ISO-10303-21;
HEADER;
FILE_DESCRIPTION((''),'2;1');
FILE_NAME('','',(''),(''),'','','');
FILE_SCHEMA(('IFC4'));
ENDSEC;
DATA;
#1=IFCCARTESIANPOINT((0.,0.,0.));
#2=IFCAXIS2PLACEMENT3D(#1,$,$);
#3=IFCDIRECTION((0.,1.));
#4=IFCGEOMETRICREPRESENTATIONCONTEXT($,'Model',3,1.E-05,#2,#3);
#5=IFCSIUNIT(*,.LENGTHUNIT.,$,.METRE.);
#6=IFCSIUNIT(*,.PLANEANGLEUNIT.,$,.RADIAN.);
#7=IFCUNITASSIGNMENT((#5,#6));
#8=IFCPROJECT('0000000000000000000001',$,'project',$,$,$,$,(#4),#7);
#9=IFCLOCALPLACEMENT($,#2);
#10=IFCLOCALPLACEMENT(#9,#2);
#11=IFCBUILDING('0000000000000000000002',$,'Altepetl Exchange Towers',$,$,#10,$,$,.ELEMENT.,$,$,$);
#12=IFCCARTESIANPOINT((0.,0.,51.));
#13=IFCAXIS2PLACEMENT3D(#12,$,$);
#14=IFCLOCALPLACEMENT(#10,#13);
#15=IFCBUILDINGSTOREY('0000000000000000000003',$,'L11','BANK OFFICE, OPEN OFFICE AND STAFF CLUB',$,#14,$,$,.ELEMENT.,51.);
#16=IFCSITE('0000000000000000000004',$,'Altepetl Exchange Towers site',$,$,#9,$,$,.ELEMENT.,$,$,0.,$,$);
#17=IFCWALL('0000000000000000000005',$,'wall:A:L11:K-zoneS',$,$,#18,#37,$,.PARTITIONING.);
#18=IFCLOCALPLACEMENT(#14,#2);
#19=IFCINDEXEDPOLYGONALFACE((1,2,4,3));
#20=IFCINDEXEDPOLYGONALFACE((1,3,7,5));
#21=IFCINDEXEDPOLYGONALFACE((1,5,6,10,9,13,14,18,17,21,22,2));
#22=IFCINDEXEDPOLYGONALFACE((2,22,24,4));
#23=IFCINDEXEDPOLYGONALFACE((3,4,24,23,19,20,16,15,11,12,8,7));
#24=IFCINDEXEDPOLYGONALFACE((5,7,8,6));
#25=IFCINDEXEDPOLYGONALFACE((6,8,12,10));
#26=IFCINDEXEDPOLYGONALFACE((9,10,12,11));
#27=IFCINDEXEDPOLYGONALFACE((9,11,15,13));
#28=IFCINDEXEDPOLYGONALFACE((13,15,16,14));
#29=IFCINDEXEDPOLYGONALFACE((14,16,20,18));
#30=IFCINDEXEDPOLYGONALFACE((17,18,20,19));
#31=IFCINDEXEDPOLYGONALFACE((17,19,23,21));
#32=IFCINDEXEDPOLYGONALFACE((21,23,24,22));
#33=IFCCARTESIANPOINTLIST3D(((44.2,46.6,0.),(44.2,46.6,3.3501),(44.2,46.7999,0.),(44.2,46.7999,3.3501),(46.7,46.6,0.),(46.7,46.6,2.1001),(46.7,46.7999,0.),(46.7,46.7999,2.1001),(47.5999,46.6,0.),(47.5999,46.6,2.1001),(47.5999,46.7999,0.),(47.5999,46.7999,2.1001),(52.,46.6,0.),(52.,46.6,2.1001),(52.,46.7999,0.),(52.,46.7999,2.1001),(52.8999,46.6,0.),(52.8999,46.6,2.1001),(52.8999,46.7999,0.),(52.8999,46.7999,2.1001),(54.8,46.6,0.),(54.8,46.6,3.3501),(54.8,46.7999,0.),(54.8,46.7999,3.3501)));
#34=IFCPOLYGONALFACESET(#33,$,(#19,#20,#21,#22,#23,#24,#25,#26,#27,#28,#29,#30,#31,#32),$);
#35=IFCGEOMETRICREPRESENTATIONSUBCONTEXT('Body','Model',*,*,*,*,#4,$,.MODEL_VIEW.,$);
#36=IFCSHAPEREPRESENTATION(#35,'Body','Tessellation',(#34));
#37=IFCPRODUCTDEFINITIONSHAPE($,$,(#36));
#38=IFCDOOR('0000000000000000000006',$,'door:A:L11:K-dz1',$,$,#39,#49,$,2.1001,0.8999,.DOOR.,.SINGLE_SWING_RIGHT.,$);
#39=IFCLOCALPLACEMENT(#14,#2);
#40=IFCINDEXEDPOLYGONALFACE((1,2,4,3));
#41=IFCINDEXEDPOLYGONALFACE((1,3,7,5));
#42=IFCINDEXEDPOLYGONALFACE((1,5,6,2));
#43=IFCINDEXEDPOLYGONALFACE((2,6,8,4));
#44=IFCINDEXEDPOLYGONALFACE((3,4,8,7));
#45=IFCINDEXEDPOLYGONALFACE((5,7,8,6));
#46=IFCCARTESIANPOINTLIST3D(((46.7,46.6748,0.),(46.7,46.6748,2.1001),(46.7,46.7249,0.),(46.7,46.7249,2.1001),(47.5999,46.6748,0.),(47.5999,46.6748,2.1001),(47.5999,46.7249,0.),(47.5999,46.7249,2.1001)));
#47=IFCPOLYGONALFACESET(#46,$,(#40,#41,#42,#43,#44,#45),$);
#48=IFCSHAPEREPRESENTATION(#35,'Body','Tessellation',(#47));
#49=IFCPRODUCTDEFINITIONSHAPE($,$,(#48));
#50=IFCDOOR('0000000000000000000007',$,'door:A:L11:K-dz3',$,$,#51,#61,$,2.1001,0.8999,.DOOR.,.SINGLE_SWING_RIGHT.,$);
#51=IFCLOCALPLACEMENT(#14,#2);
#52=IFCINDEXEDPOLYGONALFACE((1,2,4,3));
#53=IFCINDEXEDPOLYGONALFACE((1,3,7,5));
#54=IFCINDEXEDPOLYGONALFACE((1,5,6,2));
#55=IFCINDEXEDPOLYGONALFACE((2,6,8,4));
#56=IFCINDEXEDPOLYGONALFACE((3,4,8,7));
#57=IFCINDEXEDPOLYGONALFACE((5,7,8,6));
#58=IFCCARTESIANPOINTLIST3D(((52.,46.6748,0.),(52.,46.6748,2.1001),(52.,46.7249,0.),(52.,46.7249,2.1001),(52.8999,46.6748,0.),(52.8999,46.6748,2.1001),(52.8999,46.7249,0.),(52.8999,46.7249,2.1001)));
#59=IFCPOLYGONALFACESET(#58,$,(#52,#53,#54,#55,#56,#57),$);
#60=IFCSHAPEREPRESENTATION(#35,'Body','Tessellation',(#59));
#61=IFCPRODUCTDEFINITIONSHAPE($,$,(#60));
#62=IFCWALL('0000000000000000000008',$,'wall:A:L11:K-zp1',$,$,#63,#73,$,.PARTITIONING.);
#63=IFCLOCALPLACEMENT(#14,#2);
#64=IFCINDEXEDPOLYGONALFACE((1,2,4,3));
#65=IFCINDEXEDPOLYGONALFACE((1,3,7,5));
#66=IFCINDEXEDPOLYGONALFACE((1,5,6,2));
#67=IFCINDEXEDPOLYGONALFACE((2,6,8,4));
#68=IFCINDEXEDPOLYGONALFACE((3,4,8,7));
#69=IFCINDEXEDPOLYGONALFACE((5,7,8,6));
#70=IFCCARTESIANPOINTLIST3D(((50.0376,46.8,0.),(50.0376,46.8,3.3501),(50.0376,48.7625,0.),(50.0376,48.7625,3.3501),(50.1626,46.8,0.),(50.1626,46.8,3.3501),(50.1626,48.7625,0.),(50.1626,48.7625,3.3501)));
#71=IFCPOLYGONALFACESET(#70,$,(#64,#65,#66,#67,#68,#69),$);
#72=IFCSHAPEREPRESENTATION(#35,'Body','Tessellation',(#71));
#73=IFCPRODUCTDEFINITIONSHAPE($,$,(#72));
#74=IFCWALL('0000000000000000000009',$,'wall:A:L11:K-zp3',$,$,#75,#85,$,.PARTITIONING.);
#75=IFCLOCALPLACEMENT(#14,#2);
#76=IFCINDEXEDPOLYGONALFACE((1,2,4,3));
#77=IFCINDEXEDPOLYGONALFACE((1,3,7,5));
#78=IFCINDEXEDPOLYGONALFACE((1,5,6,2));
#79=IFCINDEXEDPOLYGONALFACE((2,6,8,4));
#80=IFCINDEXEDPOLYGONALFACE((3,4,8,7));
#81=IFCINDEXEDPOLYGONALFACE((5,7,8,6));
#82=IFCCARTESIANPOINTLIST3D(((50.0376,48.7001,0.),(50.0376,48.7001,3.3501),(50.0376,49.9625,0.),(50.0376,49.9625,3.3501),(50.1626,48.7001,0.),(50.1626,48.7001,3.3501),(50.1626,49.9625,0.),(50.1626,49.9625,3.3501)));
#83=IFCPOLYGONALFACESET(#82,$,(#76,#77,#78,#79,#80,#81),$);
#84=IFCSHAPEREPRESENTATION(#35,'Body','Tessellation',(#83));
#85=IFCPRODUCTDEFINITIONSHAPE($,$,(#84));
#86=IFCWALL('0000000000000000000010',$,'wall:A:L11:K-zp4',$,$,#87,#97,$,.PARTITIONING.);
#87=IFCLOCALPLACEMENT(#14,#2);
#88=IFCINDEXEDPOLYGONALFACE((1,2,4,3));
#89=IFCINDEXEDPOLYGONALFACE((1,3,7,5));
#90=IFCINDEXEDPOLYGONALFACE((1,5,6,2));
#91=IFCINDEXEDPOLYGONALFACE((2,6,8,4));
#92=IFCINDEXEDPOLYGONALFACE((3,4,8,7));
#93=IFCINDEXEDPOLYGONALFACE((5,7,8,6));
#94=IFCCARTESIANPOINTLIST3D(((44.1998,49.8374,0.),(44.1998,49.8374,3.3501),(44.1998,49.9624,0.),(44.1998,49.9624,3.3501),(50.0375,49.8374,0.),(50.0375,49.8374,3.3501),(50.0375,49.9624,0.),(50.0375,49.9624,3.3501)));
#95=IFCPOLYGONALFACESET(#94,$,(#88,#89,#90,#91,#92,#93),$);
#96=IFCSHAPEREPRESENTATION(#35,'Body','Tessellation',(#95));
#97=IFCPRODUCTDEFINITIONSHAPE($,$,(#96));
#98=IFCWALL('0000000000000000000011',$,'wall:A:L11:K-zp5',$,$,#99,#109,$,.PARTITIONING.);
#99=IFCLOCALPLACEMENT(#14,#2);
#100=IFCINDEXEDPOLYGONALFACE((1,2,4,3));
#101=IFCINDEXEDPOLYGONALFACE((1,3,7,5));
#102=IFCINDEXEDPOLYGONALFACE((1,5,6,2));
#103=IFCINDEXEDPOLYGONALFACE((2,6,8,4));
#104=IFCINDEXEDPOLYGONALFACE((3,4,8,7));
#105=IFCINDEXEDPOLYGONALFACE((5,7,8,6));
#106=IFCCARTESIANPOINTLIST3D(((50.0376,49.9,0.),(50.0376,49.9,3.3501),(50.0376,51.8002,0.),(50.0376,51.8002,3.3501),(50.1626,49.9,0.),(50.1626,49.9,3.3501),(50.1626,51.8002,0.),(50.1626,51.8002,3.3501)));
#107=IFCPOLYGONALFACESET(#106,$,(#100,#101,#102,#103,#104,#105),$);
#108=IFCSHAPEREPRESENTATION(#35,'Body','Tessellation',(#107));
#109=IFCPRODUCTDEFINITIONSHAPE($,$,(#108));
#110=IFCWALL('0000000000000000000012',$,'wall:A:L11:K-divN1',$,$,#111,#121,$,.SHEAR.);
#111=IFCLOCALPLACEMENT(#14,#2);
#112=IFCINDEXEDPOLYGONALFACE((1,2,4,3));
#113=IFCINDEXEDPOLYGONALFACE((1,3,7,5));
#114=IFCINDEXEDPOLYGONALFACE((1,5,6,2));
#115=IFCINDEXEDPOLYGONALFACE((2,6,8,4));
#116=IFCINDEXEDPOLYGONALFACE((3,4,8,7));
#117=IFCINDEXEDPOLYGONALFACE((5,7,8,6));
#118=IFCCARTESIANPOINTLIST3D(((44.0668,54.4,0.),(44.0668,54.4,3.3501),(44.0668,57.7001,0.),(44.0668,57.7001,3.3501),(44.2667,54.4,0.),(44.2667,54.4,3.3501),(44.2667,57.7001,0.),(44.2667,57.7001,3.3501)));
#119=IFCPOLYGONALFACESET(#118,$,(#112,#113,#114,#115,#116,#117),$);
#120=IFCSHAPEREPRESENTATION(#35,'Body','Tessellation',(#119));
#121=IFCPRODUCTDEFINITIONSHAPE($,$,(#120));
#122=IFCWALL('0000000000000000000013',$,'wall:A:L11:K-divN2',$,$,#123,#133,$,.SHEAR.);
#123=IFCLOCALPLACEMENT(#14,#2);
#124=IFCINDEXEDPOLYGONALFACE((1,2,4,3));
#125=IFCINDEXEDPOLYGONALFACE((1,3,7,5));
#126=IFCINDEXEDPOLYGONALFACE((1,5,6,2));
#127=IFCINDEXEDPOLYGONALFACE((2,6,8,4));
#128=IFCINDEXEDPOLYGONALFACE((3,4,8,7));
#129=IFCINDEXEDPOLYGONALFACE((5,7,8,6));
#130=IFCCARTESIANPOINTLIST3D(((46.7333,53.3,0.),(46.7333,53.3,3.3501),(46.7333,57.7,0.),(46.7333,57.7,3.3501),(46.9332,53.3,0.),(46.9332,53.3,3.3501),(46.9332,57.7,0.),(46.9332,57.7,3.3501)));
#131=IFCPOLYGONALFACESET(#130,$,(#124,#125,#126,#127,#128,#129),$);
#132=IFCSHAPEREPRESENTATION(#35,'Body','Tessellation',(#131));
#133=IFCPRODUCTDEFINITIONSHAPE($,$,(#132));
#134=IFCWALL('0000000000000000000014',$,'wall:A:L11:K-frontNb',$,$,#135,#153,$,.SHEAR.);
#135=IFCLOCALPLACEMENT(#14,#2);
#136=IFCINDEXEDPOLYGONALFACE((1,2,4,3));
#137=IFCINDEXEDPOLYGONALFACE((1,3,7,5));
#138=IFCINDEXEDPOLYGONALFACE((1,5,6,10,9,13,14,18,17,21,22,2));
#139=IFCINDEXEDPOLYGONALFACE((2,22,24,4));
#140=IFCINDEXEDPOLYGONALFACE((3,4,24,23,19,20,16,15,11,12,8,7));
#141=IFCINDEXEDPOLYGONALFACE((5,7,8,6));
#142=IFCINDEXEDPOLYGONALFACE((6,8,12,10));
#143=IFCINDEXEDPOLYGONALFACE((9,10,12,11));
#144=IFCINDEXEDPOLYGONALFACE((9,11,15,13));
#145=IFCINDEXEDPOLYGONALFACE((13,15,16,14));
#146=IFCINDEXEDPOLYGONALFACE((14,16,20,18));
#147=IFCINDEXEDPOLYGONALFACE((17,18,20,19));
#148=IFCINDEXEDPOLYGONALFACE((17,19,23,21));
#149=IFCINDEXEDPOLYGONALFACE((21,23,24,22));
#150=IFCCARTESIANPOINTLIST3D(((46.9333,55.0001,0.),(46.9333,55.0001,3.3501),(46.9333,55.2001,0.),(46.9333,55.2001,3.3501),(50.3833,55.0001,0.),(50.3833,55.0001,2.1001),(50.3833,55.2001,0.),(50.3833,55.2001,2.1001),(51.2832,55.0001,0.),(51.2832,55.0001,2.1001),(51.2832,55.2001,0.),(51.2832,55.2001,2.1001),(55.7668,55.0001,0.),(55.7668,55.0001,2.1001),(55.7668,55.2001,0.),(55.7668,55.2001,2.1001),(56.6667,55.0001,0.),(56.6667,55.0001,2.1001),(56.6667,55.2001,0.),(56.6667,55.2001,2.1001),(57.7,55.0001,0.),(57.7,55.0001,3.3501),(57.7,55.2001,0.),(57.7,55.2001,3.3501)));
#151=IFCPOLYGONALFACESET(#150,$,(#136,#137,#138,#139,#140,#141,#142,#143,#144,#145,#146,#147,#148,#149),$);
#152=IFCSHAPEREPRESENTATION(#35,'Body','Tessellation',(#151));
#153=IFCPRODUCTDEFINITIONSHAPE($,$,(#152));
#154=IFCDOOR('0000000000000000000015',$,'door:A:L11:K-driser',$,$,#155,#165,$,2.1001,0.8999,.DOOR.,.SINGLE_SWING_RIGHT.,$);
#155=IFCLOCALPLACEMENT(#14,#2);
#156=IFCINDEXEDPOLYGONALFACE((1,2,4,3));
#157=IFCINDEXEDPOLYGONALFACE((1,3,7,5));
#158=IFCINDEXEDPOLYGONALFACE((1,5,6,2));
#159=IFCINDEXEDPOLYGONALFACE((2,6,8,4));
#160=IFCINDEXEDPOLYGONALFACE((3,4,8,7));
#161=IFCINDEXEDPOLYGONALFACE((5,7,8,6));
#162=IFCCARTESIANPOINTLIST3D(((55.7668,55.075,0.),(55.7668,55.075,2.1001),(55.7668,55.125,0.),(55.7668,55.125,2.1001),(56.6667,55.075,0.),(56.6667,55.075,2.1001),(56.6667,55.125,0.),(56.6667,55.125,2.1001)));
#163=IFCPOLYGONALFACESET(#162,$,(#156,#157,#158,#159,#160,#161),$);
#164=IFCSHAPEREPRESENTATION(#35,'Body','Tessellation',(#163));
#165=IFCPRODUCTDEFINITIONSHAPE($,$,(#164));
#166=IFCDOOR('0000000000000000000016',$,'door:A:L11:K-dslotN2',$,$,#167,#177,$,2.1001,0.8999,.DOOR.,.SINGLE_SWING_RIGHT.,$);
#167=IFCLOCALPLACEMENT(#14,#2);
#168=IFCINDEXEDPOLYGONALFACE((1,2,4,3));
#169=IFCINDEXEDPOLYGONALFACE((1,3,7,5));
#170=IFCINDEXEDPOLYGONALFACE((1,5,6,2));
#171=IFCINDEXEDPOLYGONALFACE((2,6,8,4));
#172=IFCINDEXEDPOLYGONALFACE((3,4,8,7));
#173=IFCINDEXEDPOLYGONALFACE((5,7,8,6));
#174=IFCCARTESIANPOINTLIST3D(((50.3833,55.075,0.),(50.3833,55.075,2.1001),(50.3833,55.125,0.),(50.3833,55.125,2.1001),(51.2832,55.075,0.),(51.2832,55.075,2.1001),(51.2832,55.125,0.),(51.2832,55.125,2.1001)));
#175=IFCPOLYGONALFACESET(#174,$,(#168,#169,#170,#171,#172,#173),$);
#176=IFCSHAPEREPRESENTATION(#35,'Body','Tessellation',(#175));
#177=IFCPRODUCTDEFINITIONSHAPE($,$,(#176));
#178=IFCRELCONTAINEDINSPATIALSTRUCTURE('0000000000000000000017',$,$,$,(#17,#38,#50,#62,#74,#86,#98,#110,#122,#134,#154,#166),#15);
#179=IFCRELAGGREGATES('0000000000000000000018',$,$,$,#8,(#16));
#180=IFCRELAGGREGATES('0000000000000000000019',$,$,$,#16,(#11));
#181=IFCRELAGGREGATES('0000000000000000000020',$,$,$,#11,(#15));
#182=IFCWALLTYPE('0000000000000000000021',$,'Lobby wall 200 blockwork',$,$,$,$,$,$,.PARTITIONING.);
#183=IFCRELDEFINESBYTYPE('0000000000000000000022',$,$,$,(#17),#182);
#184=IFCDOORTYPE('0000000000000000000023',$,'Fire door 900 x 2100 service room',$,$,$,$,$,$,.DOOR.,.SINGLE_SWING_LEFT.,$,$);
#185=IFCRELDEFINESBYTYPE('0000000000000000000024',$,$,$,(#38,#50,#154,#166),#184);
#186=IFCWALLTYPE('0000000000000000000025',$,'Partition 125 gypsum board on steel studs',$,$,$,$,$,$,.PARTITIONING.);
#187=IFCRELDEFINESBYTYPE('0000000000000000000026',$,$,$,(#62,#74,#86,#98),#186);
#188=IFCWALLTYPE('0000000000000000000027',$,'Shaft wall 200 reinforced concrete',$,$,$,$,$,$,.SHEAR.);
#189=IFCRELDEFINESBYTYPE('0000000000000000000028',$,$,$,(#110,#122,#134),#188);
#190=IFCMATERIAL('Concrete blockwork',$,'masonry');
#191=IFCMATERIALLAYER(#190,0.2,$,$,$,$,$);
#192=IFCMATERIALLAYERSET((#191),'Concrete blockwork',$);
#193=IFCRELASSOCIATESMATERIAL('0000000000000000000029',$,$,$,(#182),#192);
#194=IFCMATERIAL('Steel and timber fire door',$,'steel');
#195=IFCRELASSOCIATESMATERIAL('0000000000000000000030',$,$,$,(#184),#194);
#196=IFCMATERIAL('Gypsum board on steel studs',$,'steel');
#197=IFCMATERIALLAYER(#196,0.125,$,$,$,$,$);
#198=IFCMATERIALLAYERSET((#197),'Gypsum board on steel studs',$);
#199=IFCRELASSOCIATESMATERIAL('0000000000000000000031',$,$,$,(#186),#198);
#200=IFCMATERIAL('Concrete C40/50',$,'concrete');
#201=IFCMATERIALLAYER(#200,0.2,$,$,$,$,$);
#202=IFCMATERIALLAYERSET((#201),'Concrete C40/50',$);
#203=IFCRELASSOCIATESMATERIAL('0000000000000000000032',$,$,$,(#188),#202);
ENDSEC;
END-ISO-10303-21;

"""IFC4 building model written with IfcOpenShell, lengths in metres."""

from ifc_helpers import new_model, si_unit, direction, frame, frame_2d, origin, place, context, subcontext, project, spatial, rectangle, extrude, material, layer, layer_set, type_object, element, fill, save


model = new_model("IFC4")

# Units and contexts
model_context = context("Model", 3, precision=1e-05, world=origin(), true_north=direction((0.0, 1.0)))
body_context = subcontext(model_context, "Body", "Model", "MODEL_VIEW")
ifc_project = project(units=[si_unit("LENGTHUNIT", "METRE"), si_unit("PLANEANGLEUNIT", "RADIAN")], contexts=[model_context])

# Site, building, storey
site_placement = place(None, origin())
site = spatial("IfcSite", under=ifc_project, at=site_placement, Name="Altepetl Exchange Towers site", CompositionType="ELEMENT", RefElevation=0.0)
building_placement = place(site_placement, origin())
building = spatial("IfcBuilding", under=site, at=building_placement, Name="Altepetl Exchange Towers", CompositionType="ELEMENT")
storey_placement = place(building_placement, frame((0.0, 0.0, 51.0)))
storey = spatial("IfcBuildingStorey", under=building, at=storey_placement, Name="L11", Description="BANK OFFICE, OPEN OFFICE AND STAFF CLUB", CompositionType="ELEMENT", Elevation=51.0)

# Shared definitions
ifc_material_1 = material(Name="Concrete blockwork", Category="masonry")
ifc_layer_1 = layer(ifc_material_1, 0.2)
ifc_layer_set_1 = layer_set([ifc_layer_1], Name="Concrete blockwork")
wall_type_1 = type_object("IfcWallType", Name="Lobby wall 200 blockwork", PredefinedType="PARTITIONING", material=ifc_layer_set_1)

# Shared definitions
ifc_material_2 = material(Name="Steel and timber fire door", Category="steel")

# Wall, openings, doors
door_type_1 = type_object("IfcDoorType", Name="Fire door 900 x 2100 service room", OperationType="SINGLE_SWING_LEFT", PredefinedType="DOOR", material=ifc_material_2)
wall_1_placement = place(storey_placement, frame((44.2, 46.7, 0.0)))
wall_1 = element("IfcWall", 1, at=wall_1_placement, inside=storey, type_object=wall_type_1, Name="wall:A:L11:K-zoneS", PredefinedType="PARTITIONING", context=body_context, shape_type="SweptSolid", body=[
    extrude(rectangle(XDim=10.6001, YDim=0.2, at=frame_2d((5.3, 0.0))), origin(), (0.0, 0.0, 1.0), 3.3501),
])
opening_1_placement = place(wall_1_placement, frame((2.5, 0.0, 0.0)))
opening_1 = element("IfcOpeningElement", 2, at=opening_1_placement, cuts=wall_1, PredefinedType="OPENING", context=body_context, shape_type="SweptSolid", body=[
    extrude(rectangle(XDim=0.8999, YDim=2.1001, at=frame_2d((0.45, 1.05))), frame((0.0, 0.1099, 0.0), z_axis=(0.0, -1.0, 0.0), x_axis=(1.0, 0.0, 0.0)), (0.0, 0.0, 1.0), 0.22),
])
opening_2_placement = place(wall_1_placement, frame((7.8, 0.0, 0.0)))
opening_2 = element("IfcOpeningElement", 3, at=opening_2_placement, cuts=wall_1, PredefinedType="OPENING", context=body_context, shape_type="SweptSolid", body=[
    extrude(rectangle(XDim=0.8999, YDim=2.1001, at=frame_2d((0.45, 1.05))), frame((0.0, 0.1099, 0.0), z_axis=(0.0, -1.0, 0.0), x_axis=(1.0, 0.0, 0.0)), (0.0, 0.0, 1.0), 0.22),
])
door_1_placement = place(opening_1_placement, origin())
door_1 = element("IfcDoor", 4, at=door_1_placement, inside=storey, type_object=door_type_1, Name="door:A:L11:K-dz1", OperationType="SINGLE_SWING_RIGHT", OverallHeight=2.1001, OverallWidth=0.8999, PredefinedType="DOOR", context=body_context, shape_type="SweptSolid", body=[
    extrude(rectangle(XDim=0.8999, YDim=2.1001, at=frame_2d((0.45, 1.05))), frame((0.0, 0.0249, 0.0), z_axis=(0.0, -1.0, 0.0), x_axis=(1.0, 0.0, 0.0)), (0.0, 0.0, 1.0), 0.05),
])
fill(opening_1, door_1)
door_2_placement = place(opening_2_placement, origin())
door_2 = element("IfcDoor", 5, at=door_2_placement, inside=storey, type_object=door_type_1, Name="door:A:L11:K-dz3", OperationType="SINGLE_SWING_RIGHT", OverallHeight=2.1001, OverallWidth=0.8999, PredefinedType="DOOR", context=body_context, shape_type="SweptSolid", body=[
    extrude(rectangle(XDim=0.8999, YDim=2.1001, at=frame_2d((0.45, 1.05))), frame((0.0, 0.0249, 0.0), z_axis=(0.0, -1.0, 0.0), x_axis=(1.0, 0.0, 0.0)), (0.0, 0.0, 1.0), 0.05),
])
fill(opening_2, door_2)

# Walls
ifc_material_3 = material(Name="Gypsum board on steel studs", Category="steel")
ifc_layer_2 = layer(ifc_material_3, 0.125)
ifc_layer_set_2 = layer_set([ifc_layer_2], Name="Gypsum board on steel studs")
wall_type_2 = type_object("IfcWallType", Name="Partition 125 gypsum board on steel studs", PredefinedType="PARTITIONING", material=ifc_layer_set_2)
wall_2_placement = place(storey_placement, frame((50.1001, 46.8, 0.0), z_axis=(0.0, 0.0, 1.0), x_axis=(0.0, 1.0, 0.0)))
element("IfcWall", 6, at=wall_2_placement, inside=storey, type_object=wall_type_2, Name="wall:A:L11:K-zp1", PredefinedType="PARTITIONING", context=body_context, shape_type="SweptSolid", body=[
    extrude(rectangle(XDim=1.9624, YDim=0.125, at=frame_2d((0.9812, 0.0))), origin(), (0.0, 0.0, 1.0), 3.3501),
])
wall_3_placement = place(storey_placement, frame((50.1001, 48.7, 0.0), z_axis=(0.0, 0.0, 1.0), x_axis=(0.0, 1.0, 0.0)))
element("IfcWall", 7, at=wall_3_placement, inside=storey, type_object=wall_type_2, Name="wall:A:L11:K-zp3", PredefinedType="PARTITIONING", context=body_context, shape_type="SweptSolid", body=[
    extrude(rectangle(XDim=1.2625, YDim=0.125, at=frame_2d((0.6313, 0.0))), origin(), (0.0, 0.0, 1.0), 3.3501),
])
wall_4_placement = place(storey_placement, frame((50.0376, 49.8999, 0.0), z_axis=(0.0, 0.0, 1.0), x_axis=(-1.0, 0.0, 0.0)))
element("IfcWall", 8, at=wall_4_placement, inside=storey, type_object=wall_type_2, Name="wall:A:L11:K-zp4", PredefinedType="PARTITIONING", context=body_context, shape_type="SweptSolid", body=[
    extrude(rectangle(XDim=5.8376, YDim=0.125, at=frame_2d((2.9189, 0.0))), origin(), (0.0, 0.0, 1.0), 3.3501),
])
wall_5_placement = place(storey_placement, frame((50.1001, 49.8999, 0.0), z_axis=(0.0, 0.0, 1.0), x_axis=(0.0, 1.0, 0.0)))
element("IfcWall", 9, at=wall_5_placement, inside=storey, type_object=wall_type_2, Name="wall:A:L11:K-zp5", PredefinedType="PARTITIONING", context=body_context, shape_type="SweptSolid", body=[
    extrude(rectangle(XDim=1.9001, YDim=0.125, at=frame_2d((0.9502, 0.0))), origin(), (0.0, 0.0, 1.0), 3.3501),
])
ifc_material_4 = material(Name="Concrete C40/50", Category="concrete")
ifc_layer_3 = layer(ifc_material_4, 0.2)
ifc_layer_set_3 = layer_set([ifc_layer_3], Name="Concrete C40/50")
wall_type_3 = type_object("IfcWallType", Name="Shaft wall 200 reinforced concrete", PredefinedType="SHEAR", material=ifc_layer_set_3)
wall_6_placement = place(storey_placement, frame((44.1667, 57.7, 0.0), z_axis=(0.0, 0.0, 1.0), x_axis=(0.0, -1.0, 0.0)))
element("IfcWall", 10, at=wall_6_placement, inside=storey, type_object=wall_type_3, Name="wall:A:L11:K-divN1", PredefinedType="SHEAR", context=body_context, shape_type="SweptSolid", body=[
    extrude(rectangle(XDim=3.3, YDim=0.2, at=frame_2d((1.6499, 0.0))), origin(), (0.0, 0.0, 1.0), 3.3501),
])
wall_7_placement = place(storey_placement, frame((46.8333, 57.7, 0.0), z_axis=(0.0, 0.0, 1.0), x_axis=(0.0, -1.0, 0.0)))
element("IfcWall", 11, at=wall_7_placement, inside=storey, type_object=wall_type_3, Name="wall:A:L11:K-divN2", PredefinedType="SHEAR", context=body_context, shape_type="SweptSolid", body=[
    extrude(rectangle(XDim=4.3999, YDim=0.2, at=frame_2d((2.2, 0.0))), origin(), (0.0, 0.0, 1.0), 3.3501),
])

# Wall, openings, doors
wall_8_placement = place(storey_placement, frame((46.9333, 55.1001, 0.0)))
wall_8 = element("IfcWall", 12, at=wall_8_placement, inside=storey, type_object=wall_type_3, Name="wall:A:L11:K-frontNb", PredefinedType="SHEAR", context=body_context, shape_type="SweptSolid", body=[
    extrude(rectangle(XDim=10.7666, YDim=0.2, at=frame_2d((5.3833, 0.0))), origin(), (0.0, 0.0, 1.0), 3.3501),
])
opening_3_placement = place(wall_8_placement, frame((8.8335, 0.0, 0.0)))
opening_3 = element("IfcOpeningElement", 13, at=opening_3_placement, cuts=wall_8, PredefinedType="OPENING", context=body_context, shape_type="SweptSolid", body=[
    extrude(rectangle(XDim=0.8999, YDim=2.1001, at=frame_2d((0.45, 1.05))), frame((0.0, 0.1099, 0.0), z_axis=(0.0, -1.0, 0.0), x_axis=(1.0, 0.0, 0.0)), (0.0, 0.0, 1.0), 0.22),
])
opening_4_placement = place(wall_8_placement, frame((3.45, 0.0, 0.0)))
opening_4 = element("IfcOpeningElement", 14, at=opening_4_placement, cuts=wall_8, PredefinedType="OPENING", context=body_context, shape_type="SweptSolid", body=[
    extrude(rectangle(XDim=0.8999, YDim=2.1001, at=frame_2d((0.45, 1.05))), frame((0.0, 0.1099, 0.0), z_axis=(0.0, -1.0, 0.0), x_axis=(1.0, 0.0, 0.0)), (0.0, 0.0, 1.0), 0.22),
])
door_3_placement = place(opening_3_placement, origin())
door_3 = element("IfcDoor", 15, at=door_3_placement, inside=storey, type_object=door_type_1, Name="door:A:L11:K-driser", OperationType="SINGLE_SWING_RIGHT", OverallHeight=2.1001, OverallWidth=0.8999, PredefinedType="DOOR", context=body_context, shape_type="SweptSolid", body=[
    extrude(rectangle(XDim=0.8999, YDim=2.1001, at=frame_2d((0.45, 1.05))), frame((0.0, 0.0249, 0.0), z_axis=(0.0, -1.0, 0.0), x_axis=(1.0, 0.0, 0.0)), (0.0, 0.0, 1.0), 0.05),
])
fill(opening_3, door_3)
door_4_placement = place(opening_4_placement, origin())
door_4 = element("IfcDoor", 16, at=door_4_placement, inside=storey, type_object=door_type_1, Name="door:A:L11:K-dslotN2", OperationType="SINGLE_SWING_RIGHT", OverallHeight=2.1001, OverallWidth=0.8999, PredefinedType="DOOR", context=body_context, shape_type="SweptSolid", body=[
    extrude(rectangle(XDim=0.8999, YDim=2.1001, at=frame_2d((0.45, 1.05))), frame((0.0, 0.0249, 0.0), z_axis=(0.0, -1.0, 0.0), x_axis=(1.0, 0.0, 0.0)), (0.0, 0.0, 1.0), 0.05),
])
fill(opening_4, door_4)

save(model, "model.ifc")
